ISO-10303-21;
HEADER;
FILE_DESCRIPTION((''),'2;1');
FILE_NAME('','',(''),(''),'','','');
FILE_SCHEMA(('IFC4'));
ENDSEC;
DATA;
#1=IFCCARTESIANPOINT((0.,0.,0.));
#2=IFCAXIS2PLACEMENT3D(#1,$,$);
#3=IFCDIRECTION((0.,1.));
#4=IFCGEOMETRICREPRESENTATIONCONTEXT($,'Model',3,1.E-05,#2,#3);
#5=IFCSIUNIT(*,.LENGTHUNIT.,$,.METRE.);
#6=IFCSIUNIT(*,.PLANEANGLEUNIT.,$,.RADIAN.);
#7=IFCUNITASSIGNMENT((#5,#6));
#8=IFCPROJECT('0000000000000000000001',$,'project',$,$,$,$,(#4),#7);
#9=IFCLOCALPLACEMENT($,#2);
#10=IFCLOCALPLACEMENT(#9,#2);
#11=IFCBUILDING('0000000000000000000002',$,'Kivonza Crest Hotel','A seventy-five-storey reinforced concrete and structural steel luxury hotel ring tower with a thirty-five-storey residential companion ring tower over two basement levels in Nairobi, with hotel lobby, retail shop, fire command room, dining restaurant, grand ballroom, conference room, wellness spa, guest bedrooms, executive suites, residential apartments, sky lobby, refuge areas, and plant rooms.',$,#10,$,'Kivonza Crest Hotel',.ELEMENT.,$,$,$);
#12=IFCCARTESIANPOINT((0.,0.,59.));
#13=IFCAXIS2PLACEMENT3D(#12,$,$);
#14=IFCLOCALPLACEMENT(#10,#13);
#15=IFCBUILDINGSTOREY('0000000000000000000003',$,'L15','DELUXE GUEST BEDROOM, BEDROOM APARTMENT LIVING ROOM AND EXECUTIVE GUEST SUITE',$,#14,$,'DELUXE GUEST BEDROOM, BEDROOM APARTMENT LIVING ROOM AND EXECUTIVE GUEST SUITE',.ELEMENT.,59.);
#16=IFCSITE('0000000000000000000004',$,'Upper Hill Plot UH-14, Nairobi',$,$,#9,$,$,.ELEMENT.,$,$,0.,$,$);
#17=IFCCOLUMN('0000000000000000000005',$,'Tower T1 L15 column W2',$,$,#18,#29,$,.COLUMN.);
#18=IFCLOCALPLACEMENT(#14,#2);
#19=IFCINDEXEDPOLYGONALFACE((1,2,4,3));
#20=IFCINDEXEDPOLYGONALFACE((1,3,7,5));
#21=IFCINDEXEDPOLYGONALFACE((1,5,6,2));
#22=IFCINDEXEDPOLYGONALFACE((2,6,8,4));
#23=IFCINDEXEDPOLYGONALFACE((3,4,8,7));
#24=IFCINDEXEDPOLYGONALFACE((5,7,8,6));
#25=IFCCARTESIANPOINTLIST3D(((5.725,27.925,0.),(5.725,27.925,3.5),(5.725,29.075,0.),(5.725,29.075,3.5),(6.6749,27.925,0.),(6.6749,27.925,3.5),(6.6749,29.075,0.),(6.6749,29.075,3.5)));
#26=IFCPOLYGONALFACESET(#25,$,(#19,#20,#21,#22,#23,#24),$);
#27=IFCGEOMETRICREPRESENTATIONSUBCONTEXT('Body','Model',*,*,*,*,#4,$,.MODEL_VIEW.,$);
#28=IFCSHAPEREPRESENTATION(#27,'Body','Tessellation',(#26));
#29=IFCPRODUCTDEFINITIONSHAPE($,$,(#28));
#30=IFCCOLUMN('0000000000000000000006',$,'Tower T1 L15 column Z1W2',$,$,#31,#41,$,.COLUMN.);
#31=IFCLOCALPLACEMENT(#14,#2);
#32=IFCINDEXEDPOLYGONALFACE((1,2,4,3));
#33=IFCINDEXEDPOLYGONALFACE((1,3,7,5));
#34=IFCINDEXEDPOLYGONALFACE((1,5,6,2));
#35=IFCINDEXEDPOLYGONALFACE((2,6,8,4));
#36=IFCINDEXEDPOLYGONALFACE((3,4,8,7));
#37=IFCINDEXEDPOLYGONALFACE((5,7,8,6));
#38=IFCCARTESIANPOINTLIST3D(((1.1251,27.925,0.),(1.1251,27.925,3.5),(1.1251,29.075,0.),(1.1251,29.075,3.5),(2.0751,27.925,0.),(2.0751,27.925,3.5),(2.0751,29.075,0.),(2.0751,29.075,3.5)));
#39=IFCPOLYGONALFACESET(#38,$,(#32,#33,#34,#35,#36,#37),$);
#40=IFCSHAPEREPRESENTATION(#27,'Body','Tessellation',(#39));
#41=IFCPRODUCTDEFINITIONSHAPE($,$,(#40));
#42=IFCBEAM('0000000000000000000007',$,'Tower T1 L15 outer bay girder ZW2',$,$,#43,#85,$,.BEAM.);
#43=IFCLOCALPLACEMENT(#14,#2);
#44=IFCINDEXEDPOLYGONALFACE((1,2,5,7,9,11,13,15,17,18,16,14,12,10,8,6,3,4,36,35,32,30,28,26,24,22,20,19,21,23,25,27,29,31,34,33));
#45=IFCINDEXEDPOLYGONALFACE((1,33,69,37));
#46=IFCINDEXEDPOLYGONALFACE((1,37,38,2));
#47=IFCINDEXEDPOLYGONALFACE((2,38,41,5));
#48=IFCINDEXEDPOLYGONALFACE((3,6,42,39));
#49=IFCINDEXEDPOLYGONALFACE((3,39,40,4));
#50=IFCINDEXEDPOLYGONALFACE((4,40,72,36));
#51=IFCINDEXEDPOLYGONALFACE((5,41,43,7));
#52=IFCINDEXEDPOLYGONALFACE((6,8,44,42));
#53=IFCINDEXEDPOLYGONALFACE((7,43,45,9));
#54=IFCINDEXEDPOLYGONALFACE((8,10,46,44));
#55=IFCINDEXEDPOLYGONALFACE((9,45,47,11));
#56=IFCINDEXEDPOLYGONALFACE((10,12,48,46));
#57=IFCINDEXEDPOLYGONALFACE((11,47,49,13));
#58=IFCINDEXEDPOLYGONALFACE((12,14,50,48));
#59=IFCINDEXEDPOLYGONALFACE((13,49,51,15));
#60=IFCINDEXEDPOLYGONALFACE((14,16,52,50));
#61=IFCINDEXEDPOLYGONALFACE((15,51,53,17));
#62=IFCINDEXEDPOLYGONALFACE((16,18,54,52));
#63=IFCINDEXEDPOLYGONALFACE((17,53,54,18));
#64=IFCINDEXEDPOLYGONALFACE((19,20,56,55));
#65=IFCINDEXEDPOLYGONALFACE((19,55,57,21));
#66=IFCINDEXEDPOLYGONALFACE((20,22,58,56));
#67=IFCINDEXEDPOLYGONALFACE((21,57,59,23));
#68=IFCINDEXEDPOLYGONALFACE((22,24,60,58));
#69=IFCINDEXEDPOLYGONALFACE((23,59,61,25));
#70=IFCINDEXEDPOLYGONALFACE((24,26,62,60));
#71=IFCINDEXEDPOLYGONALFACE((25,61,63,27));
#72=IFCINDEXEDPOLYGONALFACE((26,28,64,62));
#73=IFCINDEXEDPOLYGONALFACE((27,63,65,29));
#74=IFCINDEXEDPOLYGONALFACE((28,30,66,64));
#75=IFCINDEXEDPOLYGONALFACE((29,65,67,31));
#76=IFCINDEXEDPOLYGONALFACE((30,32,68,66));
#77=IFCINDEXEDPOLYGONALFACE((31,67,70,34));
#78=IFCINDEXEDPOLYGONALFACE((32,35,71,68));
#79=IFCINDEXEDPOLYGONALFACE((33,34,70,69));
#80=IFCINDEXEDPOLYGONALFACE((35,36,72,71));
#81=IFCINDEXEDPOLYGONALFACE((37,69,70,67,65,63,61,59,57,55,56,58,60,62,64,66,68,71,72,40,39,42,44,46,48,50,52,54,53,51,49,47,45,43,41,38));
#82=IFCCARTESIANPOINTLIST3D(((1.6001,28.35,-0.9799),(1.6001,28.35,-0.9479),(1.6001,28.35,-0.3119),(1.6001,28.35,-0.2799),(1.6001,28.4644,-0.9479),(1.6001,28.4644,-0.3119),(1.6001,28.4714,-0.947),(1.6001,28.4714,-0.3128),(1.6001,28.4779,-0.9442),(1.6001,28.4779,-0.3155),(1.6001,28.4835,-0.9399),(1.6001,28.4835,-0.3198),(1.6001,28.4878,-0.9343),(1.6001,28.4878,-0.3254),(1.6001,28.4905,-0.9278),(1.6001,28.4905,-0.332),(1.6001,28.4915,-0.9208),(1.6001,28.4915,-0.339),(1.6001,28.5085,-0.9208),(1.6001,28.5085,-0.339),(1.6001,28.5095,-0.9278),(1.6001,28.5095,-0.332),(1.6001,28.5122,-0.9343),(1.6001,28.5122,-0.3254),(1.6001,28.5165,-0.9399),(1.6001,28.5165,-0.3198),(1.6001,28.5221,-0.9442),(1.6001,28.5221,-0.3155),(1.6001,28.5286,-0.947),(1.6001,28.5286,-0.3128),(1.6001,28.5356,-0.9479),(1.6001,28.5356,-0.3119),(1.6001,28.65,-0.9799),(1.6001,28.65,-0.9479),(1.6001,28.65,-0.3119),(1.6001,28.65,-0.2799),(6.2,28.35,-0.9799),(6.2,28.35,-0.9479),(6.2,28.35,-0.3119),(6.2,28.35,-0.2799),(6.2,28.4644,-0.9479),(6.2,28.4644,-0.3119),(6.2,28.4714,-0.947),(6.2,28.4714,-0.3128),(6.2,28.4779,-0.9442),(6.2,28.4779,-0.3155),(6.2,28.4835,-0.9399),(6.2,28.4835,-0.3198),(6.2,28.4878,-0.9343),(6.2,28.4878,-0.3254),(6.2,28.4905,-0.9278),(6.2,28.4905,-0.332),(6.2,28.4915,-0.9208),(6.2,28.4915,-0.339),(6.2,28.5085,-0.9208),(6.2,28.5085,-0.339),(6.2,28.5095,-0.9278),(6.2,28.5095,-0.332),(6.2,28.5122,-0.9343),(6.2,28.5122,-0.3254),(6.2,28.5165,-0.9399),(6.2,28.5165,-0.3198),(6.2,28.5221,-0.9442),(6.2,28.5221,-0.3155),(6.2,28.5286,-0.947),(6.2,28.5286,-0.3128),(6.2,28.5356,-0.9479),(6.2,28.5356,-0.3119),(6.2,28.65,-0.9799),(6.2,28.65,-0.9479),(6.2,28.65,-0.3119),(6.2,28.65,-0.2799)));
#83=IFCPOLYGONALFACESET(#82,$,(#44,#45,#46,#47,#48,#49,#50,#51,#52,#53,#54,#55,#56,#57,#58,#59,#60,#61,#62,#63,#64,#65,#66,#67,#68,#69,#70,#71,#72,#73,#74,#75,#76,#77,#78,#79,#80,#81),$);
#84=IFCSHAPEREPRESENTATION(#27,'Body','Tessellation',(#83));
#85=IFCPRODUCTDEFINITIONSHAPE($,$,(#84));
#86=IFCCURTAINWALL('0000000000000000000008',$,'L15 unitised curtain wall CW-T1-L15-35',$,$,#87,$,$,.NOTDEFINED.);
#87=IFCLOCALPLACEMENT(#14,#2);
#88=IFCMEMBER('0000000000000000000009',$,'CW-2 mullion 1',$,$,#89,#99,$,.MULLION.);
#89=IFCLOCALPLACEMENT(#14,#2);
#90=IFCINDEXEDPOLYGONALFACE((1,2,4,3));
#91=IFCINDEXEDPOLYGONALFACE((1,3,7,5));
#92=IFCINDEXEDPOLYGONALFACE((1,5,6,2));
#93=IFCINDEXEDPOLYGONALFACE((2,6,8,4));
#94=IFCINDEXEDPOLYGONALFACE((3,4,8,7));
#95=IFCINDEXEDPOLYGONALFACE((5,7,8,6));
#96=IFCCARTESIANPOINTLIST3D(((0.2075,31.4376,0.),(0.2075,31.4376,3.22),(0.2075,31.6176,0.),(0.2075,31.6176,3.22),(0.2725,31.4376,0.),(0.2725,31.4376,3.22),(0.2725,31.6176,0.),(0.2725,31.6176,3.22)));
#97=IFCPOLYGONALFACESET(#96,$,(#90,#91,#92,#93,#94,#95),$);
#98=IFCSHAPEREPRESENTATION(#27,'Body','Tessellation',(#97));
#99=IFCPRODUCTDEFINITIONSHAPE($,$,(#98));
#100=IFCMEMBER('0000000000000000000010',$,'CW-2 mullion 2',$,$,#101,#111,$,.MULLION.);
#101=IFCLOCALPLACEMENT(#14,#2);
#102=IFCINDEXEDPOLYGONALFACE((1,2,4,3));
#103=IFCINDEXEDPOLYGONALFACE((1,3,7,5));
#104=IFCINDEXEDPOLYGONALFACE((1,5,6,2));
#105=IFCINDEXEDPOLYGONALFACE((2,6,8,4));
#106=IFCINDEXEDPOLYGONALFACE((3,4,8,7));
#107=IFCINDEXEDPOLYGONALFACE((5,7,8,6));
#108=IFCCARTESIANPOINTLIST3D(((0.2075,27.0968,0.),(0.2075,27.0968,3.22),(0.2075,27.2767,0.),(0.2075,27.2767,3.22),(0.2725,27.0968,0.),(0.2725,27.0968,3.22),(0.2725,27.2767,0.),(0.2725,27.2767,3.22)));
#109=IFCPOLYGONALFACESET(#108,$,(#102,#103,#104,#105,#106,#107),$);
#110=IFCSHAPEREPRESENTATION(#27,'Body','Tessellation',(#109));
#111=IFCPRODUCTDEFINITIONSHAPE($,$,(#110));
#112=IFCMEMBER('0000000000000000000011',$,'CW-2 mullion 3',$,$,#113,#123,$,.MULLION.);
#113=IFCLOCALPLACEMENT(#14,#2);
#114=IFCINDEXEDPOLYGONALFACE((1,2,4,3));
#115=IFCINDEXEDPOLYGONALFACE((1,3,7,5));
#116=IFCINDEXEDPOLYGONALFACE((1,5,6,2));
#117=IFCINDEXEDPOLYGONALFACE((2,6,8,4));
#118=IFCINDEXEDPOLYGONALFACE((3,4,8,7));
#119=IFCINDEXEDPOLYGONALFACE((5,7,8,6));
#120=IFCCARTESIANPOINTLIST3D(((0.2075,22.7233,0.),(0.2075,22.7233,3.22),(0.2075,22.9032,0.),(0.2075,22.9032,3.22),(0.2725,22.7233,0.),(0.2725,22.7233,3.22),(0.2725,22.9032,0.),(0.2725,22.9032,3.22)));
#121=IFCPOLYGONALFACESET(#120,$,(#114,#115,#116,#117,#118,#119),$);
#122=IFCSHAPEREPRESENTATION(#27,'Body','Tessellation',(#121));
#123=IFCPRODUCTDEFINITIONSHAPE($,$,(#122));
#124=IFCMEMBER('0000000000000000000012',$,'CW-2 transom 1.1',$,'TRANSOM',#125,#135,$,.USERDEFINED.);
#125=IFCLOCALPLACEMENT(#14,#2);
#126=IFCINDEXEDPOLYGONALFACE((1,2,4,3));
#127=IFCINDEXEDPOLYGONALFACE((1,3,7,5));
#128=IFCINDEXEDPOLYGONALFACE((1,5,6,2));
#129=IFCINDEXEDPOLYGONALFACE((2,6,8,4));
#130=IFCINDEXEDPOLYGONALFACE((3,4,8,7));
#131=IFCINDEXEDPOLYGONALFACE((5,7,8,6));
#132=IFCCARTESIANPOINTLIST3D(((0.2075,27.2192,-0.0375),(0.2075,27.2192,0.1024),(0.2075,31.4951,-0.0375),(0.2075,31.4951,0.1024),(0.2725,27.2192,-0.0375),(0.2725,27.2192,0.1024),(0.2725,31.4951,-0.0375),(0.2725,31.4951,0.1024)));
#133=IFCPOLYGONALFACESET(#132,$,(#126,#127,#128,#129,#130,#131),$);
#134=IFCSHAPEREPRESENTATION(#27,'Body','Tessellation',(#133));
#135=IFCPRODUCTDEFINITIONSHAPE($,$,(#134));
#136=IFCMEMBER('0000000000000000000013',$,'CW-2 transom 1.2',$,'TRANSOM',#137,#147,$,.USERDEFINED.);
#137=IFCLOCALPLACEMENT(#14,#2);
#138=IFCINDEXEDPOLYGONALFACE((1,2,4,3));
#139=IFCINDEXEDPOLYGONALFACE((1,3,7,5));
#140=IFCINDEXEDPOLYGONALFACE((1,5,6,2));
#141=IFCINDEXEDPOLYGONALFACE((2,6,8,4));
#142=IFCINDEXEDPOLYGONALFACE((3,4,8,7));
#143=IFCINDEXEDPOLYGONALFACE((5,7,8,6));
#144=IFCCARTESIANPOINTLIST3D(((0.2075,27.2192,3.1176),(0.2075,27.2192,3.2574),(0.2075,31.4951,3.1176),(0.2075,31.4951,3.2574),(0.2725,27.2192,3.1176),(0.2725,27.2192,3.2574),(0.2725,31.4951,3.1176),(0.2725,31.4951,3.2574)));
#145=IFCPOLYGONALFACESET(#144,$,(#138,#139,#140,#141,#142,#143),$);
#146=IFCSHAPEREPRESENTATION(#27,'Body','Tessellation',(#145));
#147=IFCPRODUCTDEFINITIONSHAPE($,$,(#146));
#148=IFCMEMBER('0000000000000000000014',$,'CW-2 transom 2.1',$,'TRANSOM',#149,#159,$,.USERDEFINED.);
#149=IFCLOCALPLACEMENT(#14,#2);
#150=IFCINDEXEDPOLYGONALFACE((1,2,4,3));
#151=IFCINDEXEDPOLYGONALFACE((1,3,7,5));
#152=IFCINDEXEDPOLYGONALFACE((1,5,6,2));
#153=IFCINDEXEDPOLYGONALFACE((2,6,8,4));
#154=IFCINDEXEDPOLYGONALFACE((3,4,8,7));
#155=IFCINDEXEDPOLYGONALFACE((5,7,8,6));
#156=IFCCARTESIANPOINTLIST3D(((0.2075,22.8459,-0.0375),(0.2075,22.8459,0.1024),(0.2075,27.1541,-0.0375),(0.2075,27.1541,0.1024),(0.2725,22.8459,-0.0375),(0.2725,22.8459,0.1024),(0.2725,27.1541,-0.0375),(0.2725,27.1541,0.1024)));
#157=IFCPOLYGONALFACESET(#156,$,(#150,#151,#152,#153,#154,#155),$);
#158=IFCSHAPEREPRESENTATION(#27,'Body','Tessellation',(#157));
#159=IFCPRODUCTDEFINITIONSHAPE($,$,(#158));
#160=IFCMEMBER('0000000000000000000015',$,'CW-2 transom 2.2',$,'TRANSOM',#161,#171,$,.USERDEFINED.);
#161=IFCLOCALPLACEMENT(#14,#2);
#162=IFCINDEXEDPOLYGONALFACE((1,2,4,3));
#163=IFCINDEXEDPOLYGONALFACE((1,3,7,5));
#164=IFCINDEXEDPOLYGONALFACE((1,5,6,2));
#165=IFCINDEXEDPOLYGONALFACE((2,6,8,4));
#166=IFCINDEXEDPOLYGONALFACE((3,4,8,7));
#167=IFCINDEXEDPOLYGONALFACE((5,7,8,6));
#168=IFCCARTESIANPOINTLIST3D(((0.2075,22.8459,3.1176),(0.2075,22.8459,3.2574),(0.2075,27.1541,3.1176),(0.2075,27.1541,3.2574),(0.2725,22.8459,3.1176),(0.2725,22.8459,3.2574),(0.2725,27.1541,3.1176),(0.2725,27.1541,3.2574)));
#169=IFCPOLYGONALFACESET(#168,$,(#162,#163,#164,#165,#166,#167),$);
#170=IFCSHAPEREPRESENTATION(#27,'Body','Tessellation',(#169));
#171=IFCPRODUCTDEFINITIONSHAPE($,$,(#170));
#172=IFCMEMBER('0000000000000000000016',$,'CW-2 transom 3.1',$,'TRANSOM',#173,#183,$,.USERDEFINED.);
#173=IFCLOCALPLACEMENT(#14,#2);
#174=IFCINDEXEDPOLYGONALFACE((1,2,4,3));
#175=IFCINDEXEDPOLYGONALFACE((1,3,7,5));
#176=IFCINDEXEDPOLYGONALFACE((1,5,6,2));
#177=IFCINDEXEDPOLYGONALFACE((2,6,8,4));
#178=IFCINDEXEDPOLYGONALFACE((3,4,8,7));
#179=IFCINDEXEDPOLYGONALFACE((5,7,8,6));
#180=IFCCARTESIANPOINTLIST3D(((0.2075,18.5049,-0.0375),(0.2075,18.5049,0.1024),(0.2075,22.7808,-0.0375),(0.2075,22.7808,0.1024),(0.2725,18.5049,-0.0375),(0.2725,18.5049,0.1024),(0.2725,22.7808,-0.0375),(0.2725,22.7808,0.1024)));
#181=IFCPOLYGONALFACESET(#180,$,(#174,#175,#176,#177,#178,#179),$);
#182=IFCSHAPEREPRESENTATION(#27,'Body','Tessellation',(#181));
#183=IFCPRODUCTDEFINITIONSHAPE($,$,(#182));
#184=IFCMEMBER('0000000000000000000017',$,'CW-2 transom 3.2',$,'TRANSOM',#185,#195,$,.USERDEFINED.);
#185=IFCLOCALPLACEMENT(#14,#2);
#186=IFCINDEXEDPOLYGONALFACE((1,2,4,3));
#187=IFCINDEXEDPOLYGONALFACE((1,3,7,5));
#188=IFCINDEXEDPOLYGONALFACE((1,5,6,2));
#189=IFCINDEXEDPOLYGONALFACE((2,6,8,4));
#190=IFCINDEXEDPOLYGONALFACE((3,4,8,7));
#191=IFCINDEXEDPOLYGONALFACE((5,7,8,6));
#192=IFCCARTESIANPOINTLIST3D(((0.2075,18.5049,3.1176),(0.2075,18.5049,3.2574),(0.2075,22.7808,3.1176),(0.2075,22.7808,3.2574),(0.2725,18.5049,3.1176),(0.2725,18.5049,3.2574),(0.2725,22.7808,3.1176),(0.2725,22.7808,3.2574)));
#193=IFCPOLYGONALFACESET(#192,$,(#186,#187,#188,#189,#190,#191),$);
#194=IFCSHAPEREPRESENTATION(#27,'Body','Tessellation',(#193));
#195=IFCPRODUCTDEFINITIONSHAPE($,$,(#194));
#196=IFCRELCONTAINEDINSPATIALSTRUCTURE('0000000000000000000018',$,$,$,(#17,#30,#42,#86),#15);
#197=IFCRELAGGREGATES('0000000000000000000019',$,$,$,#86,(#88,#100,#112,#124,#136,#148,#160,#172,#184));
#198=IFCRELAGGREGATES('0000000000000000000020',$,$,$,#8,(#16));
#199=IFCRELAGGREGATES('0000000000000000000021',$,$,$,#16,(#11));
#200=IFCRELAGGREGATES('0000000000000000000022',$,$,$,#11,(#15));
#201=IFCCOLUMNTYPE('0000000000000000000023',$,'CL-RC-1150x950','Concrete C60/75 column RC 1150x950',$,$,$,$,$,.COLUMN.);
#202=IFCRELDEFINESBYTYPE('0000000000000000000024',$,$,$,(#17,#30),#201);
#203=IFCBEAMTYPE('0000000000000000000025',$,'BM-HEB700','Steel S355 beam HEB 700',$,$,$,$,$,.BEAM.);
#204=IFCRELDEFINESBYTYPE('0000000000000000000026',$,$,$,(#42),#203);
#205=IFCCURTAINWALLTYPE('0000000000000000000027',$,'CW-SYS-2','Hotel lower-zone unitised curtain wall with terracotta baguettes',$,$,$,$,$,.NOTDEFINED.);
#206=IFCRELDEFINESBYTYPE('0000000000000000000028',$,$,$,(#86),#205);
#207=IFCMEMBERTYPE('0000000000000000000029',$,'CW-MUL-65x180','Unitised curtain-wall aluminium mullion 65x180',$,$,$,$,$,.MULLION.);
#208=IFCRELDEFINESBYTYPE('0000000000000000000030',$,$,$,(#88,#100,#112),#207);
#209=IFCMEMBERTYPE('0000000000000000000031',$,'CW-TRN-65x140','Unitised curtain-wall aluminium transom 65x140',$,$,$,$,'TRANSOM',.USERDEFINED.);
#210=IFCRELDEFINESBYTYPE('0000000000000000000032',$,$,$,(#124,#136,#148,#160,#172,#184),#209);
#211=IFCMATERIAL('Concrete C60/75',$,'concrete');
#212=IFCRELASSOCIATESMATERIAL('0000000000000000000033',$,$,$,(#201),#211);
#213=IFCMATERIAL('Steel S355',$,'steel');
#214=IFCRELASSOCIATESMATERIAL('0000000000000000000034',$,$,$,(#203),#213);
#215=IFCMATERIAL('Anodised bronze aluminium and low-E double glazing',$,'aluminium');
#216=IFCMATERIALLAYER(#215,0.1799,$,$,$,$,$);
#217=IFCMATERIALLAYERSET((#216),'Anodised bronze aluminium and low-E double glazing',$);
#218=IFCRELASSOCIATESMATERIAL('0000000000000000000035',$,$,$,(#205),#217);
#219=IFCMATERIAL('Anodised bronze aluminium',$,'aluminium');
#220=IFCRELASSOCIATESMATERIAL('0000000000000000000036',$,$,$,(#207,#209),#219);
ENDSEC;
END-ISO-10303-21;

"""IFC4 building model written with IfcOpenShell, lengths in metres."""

from ifc_helpers import new_model, si_unit, direction, frame, origin, origin_2d, place, context, subcontext, project, spatial, rectangle, i_section, extrude, material, layer, layer_set, material_profile, profile_set, type_object, element, aggregate, save


model = new_model("IFC4")

# Units and contexts
model_context = context("Model", 3, precision=1e-05, world=origin(), true_north=direction((0.0, 1.0)))
body_context = subcontext(model_context, "Body", "Model", "MODEL_VIEW")
ifc_project = project(units=[si_unit("LENGTHUNIT", "METRE"), si_unit("PLANEANGLEUNIT", "RADIAN")], contexts=[model_context])

# Site, building, storey
site_placement = place(None, origin())
site = spatial("IfcSite", under=ifc_project, at=site_placement, Name="Upper Hill Plot UH-14, Nairobi", CompositionType="ELEMENT", RefElevation=0.0)
building_placement = place(site_placement, origin())
building = spatial("IfcBuilding", under=site, at=building_placement, Name="Kivonza Crest Hotel", Description="A seventy-five-storey reinforced concrete and structural steel luxury hotel ring tower with a thirty-five-storey residential companion ring tower over two basement levels in Nairobi, with hotel lobby, retail shop, fire command room, dining restaurant, grand ballroom, conference room, wellness spa, guest bedrooms, executive suites, residential apartments, sky lobby, refuge areas, and plant rooms.", LongName="Kivonza Crest Hotel", CompositionType="ELEMENT")
storey_placement = place(building_placement, frame((0.0, 0.0, 59.0)))
storey = spatial("IfcBuildingStorey", under=building, at=storey_placement, Name="L15", Description="DELUXE GUEST BEDROOM, BEDROOM APARTMENT LIVING ROOM AND EXECUTIVE GUEST SUITE", LongName="DELUXE GUEST BEDROOM, BEDROOM APARTMENT LIVING ROOM AND EXECUTIVE GUEST SUITE", CompositionType="ELEMENT", Elevation=59.0)

# Columns
ifc_material_1 = material(Name="Concrete C60/75", Category="concrete")
ifc_material_profile_1 = material_profile(ifc_material_1, rectangle(XDim=0.95, YDim=1.1499, at=origin_2d()), Name="RC 1150x950")
ifc_profile_set_1 = profile_set([ifc_material_profile_1], Name="Concrete C60/75")
column_type = type_object("IfcColumnType", Name="CL-RC-1150x950", Description="Concrete C60/75 column RC 1150x950", PredefinedType="COLUMN", material=ifc_profile_set_1)
for number, where, z_axis, x_axis, name in (
    (1, (6.2, 28.5, 0.0), (0.0, 0.0, 1.0), (1.0, 0.0, 0.0), "Tower T1 L15 column W2"),
    (2, (1.6001, 28.5, 0.0), (0.0, 0.0, 1.0), (1.0, 0.0, 0.0), "Tower T1 L15 column Z1W2"),
):
    element("IfcColumn", number, at=place(storey_placement, frame(where, z_axis=z_axis, x_axis=x_axis)), inside=storey, type_object=column_type, Name=name, PredefinedType="COLUMN", context=body_context, shape_type="SweptSolid", body=[
        extrude(rectangle(XDim=0.95, YDim=1.1499, at=origin_2d()), origin(), (0.0, 0.0, 1.0), 3.5),
    ])

# Beam
ifc_material_2 = material(Name="Steel S355", Category="steel")
ifc_material_profile_2 = material_profile(ifc_material_2, i_section(OverallWidth=0.3, OverallDepth=0.7, WebThickness=0.0171, FlangeThickness=0.032, FilletRadius=0.0271, at=origin_2d()), Name="HEB 700")
ifc_profile_set_2 = profile_set([ifc_material_profile_2], Name="Steel S355")
beam_type = type_object("IfcBeamType", Name="BM-HEB700", Description="Steel S355 beam HEB 700", PredefinedType="BEAM", material=ifc_profile_set_2)
beam_placement = place(storey_placement, frame((1.6001, 28.5, -0.6299), z_axis=(1.0, 0.0, 0.0), x_axis=(0.0, 1.0, 0.0)))
element("IfcBeam", 3, at=beam_placement, inside=storey, type_object=beam_type, Name="Tower T1 L15 outer bay girder ZW2", PredefinedType="BEAM", context=body_context, shape_type="SweptSolid", body=[
    extrude(i_section(OverallWidth=0.3, OverallDepth=0.7, WebThickness=0.0171, FlangeThickness=0.032, FilletRadius=0.0271, at=origin_2d()), origin(), (0.0, 0.0, 1.0), 4.5999),
])

# Curtain wall, members
ifc_material_3 = material(Name="Anodised bronze aluminium and low-E double glazing", Category="aluminium")
ifc_layer_1 = layer(ifc_material_3, 0.1799)
ifc_layer_set_1 = layer_set([ifc_layer_1], Name="Anodised bronze aluminium and low-E double glazing")
curtain_wall_type = type_object("IfcCurtainWallType", Name="CW-SYS-2", Description="Hotel lower-zone unitised curtain wall with terracotta baguettes", PredefinedType="NOTDEFINED", material=ifc_layer_set_1)
curtain_wall_placement = place(storey_placement, origin())
curtain_wall = element("IfcCurtainWall", 4, at=curtain_wall_placement, inside=storey, type_object=curtain_wall_type, Name="L15 unitised curtain wall CW-T1-L15-35", PredefinedType="NOTDEFINED")
ifc_material_4 = material(Name="Anodised bronze aluminium", Category="aluminium")
ifc_material_profile_3 = material_profile(ifc_material_4, rectangle(XDim=0.0649, YDim=0.1799, at=origin_2d()), Name="CW-M 65x180")
ifc_profile_set_3 = profile_set([ifc_material_profile_3], Name="Anodised bronze aluminium")
member_type_1 = type_object("IfcMemberType", Name="CW-MUL-65x180", Description="Unitised curtain-wall aluminium mullion 65x180", PredefinedType="MULLION", material=ifc_profile_set_3)
member_1_placement = place(storey_placement, frame((0.24, 31.5276, 0.0), z_axis=(0.0, 0.0, 1.0), x_axis=(1.0, 0.0, 0.0)))
member_1 = element("IfcMember", 5, at=member_1_placement, type_object=member_type_1, Name="CW-2 mullion 1", PredefinedType="MULLION", context=body_context, shape_type="SweptSolid", body=[
    extrude(rectangle(XDim=0.0649, YDim=0.1799, at=origin_2d()), origin(), (0.0, 0.0, 1.0), 3.22),
])
member_2_placement = place(storey_placement, frame((0.24, 27.1868, 0.0), z_axis=(0.0, 0.0, 1.0), x_axis=(1.0, 0.0, 0.0)))
member_2 = element("IfcMember", 6, at=member_2_placement, type_object=member_type_1, Name="CW-2 mullion 2", PredefinedType="MULLION", context=body_context, shape_type="SweptSolid", body=[
    extrude(rectangle(XDim=0.0649, YDim=0.1799, at=origin_2d()), origin(), (0.0, 0.0, 1.0), 3.22),
])
member_3_placement = place(storey_placement, frame((0.24, 22.8132, 0.0), z_axis=(0.0, 0.0, 1.0), x_axis=(1.0, 0.0, 0.0)))
member_3 = element("IfcMember", 7, at=member_3_placement, type_object=member_type_1, Name="CW-2 mullion 3", PredefinedType="MULLION", context=body_context, shape_type="SweptSolid", body=[
    extrude(rectangle(XDim=0.0649, YDim=0.1799, at=origin_2d()), origin(), (0.0, 0.0, 1.0), 3.22),
])
ifc_material_profile_4 = material_profile(ifc_material_4, rectangle(XDim=0.0649, YDim=0.1399, at=origin_2d()), Name="CW-T 65x140")
ifc_profile_set_4 = profile_set([ifc_material_profile_4], Name="Anodised bronze aluminium")
member_type_2 = type_object("IfcMemberType", Name="CW-TRN-65x140", Description="Unitised curtain-wall aluminium transom 65x140", ElementType="TRANSOM", PredefinedType="USERDEFINED", material=ifc_profile_set_4)
member_4_placement = place(storey_placement, frame((0.24, 31.4951, 0.0325), z_axis=(0.0, -1.0, 0.0), x_axis=(1.0, 0.0, 0.0)))
member_4 = element("IfcMember", 8, at=member_4_placement, type_object=member_type_2, Name="CW-2 transom 1.1", ObjectType="TRANSOM", PredefinedType="USERDEFINED", context=body_context, shape_type="SweptSolid", body=[
    extrude(rectangle(XDim=0.0649, YDim=0.1399, at=origin_2d()), origin(), (0.0, 0.0, 1.0), 4.2759),
])
member_5_placement = place(storey_placement, frame((0.24, 31.4951, 3.1875), z_axis=(0.0, -1.0, 0.0), x_axis=(1.0, 0.0, 0.0)))
member_5 = element("IfcMember", 9, at=member_5_placement, type_object=member_type_2, Name="CW-2 transom 1.2", ObjectType="TRANSOM", PredefinedType="USERDEFINED", context=body_context, shape_type="SweptSolid", body=[
    extrude(rectangle(XDim=0.0649, YDim=0.1399, at=origin_2d()), origin(), (0.0, 0.0, 1.0), 4.2759),
])
member_6_placement = place(storey_placement, frame((0.24, 27.1541, 0.0325), z_axis=(0.0, -1.0, 0.0), x_axis=(1.0, 0.0, 0.0)))
member_6 = element("IfcMember", 10, at=member_6_placement, type_object=member_type_2, Name="CW-2 transom 2.1", ObjectType="TRANSOM", PredefinedType="USERDEFINED", context=body_context, shape_type="SweptSolid", body=[
    extrude(rectangle(XDim=0.0649, YDim=0.1399, at=origin_2d()), origin(), (0.0, 0.0, 1.0), 4.3081),
])
member_7_placement = place(storey_placement, frame((0.24, 27.1541, 3.1875), z_axis=(0.0, -1.0, 0.0), x_axis=(1.0, 0.0, 0.0)))
member_7 = element("IfcMember", 11, at=member_7_placement, type_object=member_type_2, Name="CW-2 transom 2.2", ObjectType="TRANSOM", PredefinedType="USERDEFINED", context=body_context, shape_type="SweptSolid", body=[
    extrude(rectangle(XDim=0.0649, YDim=0.1399, at=origin_2d()), origin(), (0.0, 0.0, 1.0), 4.3081),
])
member_8_placement = place(storey_placement, frame((0.24, 22.7808, 0.0325), z_axis=(0.0, -1.0, 0.0), x_axis=(1.0, 0.0, 0.0)))
member_8 = element("IfcMember", 12, at=member_8_placement, type_object=member_type_2, Name="CW-2 transom 3.1", ObjectType="TRANSOM", PredefinedType="USERDEFINED", context=body_context, shape_type="SweptSolid", body=[
    extrude(rectangle(XDim=0.0649, YDim=0.1399, at=origin_2d()), origin(), (0.0, 0.0, 1.0), 4.2759),
])
member_9_placement = place(storey_placement, frame((0.24, 22.7808, 3.1875), z_axis=(0.0, -1.0, 0.0), x_axis=(1.0, 0.0, 0.0)))
member_9 = element("IfcMember", 13, at=member_9_placement, type_object=member_type_2, Name="CW-2 transom 3.2", ObjectType="TRANSOM", PredefinedType="USERDEFINED", context=body_context, shape_type="SweptSolid", body=[
    extrude(rectangle(XDim=0.0649, YDim=0.1399, at=origin_2d()), origin(), (0.0, 0.0, 1.0), 4.2759),
])
aggregate(curtain_wall, [member_1, member_2, member_3, member_4, member_5, member_6, member_7, member_8, member_9])

save(model, "model.ifc")
